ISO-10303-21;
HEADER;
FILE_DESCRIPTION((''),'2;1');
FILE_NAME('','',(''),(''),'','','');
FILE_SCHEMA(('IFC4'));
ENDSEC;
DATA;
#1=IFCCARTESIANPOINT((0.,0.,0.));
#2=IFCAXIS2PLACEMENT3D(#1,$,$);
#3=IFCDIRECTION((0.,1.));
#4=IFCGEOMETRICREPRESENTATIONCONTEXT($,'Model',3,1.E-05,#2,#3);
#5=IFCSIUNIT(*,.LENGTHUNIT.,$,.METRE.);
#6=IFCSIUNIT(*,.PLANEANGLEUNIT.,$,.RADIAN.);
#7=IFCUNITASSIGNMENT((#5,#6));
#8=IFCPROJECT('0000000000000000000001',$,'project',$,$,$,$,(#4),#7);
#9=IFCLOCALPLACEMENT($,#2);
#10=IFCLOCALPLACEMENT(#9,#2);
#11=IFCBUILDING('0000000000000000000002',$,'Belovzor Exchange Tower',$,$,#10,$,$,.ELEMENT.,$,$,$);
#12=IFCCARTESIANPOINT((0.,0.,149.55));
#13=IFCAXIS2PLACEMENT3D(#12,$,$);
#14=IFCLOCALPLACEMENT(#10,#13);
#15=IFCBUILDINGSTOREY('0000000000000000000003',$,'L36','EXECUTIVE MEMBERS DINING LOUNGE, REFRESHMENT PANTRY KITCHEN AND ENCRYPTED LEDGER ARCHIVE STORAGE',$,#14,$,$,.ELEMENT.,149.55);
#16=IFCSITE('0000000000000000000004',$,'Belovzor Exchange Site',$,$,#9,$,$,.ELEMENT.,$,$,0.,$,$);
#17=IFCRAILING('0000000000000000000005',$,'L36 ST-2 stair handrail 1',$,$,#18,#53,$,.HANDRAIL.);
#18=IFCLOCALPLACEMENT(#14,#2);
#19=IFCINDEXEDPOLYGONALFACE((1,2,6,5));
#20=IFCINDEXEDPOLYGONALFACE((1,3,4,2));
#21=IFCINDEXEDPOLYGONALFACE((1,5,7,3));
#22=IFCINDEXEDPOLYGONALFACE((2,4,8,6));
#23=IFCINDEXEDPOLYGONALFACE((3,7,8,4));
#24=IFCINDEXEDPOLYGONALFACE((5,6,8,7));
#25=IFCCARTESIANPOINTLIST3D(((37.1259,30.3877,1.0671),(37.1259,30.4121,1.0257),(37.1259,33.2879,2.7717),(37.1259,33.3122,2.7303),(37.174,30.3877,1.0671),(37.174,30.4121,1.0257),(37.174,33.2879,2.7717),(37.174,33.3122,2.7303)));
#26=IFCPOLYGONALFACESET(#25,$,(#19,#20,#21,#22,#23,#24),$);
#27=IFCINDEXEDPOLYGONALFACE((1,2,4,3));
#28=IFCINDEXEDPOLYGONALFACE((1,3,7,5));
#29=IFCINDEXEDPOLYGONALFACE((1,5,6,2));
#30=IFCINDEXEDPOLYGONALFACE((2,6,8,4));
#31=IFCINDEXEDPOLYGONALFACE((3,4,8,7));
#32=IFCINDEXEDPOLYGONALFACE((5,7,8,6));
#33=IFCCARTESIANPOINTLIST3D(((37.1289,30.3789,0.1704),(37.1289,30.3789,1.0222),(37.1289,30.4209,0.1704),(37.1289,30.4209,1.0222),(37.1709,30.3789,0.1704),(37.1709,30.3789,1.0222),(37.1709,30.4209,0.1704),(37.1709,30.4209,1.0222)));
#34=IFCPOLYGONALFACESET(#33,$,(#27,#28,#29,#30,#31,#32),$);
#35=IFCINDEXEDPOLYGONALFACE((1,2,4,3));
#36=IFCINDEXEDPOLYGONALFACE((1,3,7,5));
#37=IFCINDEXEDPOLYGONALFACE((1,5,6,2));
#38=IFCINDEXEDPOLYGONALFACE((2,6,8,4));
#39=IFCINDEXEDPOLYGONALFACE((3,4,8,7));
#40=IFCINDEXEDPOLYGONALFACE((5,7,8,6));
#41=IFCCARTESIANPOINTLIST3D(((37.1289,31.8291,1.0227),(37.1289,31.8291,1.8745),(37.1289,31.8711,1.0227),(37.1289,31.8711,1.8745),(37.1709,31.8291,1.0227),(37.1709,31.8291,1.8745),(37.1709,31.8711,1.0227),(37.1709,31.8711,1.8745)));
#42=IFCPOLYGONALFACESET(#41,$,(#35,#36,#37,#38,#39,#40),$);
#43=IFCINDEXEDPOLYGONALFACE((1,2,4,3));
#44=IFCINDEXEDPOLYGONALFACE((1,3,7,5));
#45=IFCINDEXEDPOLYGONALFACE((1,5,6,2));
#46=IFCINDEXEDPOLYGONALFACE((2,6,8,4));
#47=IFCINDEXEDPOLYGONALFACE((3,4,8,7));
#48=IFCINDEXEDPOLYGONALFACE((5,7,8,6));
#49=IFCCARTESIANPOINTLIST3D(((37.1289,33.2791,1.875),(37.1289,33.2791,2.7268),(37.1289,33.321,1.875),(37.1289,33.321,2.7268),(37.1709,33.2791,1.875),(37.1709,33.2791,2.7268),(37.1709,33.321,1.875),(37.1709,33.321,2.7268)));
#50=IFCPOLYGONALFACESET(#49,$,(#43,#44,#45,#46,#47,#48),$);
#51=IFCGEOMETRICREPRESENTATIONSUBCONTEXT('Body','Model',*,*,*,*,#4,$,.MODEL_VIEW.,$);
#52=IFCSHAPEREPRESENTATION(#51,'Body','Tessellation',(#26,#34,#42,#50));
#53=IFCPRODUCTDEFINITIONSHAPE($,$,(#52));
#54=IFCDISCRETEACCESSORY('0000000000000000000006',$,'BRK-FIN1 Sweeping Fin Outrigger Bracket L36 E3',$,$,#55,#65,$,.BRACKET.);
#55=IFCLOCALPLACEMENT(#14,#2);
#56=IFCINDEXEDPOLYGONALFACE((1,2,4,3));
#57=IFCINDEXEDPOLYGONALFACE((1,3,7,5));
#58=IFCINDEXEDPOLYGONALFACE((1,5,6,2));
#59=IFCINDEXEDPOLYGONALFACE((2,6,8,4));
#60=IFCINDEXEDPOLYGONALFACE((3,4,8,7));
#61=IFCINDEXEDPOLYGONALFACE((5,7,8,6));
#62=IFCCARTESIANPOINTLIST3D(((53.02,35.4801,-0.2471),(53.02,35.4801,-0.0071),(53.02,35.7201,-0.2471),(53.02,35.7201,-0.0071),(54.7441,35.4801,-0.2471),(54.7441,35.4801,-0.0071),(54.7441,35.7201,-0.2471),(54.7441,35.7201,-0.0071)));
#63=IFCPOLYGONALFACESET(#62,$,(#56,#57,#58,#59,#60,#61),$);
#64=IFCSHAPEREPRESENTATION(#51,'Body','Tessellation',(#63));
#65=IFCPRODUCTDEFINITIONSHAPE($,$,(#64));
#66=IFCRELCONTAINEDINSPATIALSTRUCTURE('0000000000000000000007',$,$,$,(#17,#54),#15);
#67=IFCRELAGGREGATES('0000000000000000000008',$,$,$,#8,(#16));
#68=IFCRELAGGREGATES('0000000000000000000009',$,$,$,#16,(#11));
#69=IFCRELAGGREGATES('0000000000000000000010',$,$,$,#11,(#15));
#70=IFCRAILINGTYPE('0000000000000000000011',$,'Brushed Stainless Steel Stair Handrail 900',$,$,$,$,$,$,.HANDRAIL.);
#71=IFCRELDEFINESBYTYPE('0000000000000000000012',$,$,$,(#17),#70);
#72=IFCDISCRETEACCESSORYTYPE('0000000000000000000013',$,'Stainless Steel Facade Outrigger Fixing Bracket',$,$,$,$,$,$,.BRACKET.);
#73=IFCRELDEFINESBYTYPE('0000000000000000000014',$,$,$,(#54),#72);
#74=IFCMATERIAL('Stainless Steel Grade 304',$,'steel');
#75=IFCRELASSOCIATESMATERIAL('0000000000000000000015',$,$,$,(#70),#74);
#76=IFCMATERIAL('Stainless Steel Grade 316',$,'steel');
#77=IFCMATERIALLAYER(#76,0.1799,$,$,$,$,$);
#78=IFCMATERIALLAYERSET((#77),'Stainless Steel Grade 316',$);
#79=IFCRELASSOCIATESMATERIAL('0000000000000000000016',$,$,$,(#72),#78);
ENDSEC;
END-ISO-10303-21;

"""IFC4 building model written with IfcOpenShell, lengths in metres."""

from ifc_helpers import new_model, si_unit, direction, frame, origin, origin_2d, place, context, subcontext, project, spatial, rectangle, extrude, material, layer, layer_set, type_object, element, save


model = new_model("IFC4")

# Units and contexts
model_context = context("Model", 3, precision=1e-05, world=origin(), true_north=direction((0.0, 1.0)))
body_context = subcontext(model_context, "Body", "Model", "MODEL_VIEW")
ifc_project = project(units=[si_unit("LENGTHUNIT", "METRE"), si_unit("PLANEANGLEUNIT", "RADIAN")], contexts=[model_context])

# Site, building, storey
site_placement = place(None, origin())
site = spatial("IfcSite", under=ifc_project, at=site_placement, Name="Belovzor Exchange Site", CompositionType="ELEMENT", RefElevation=0.0)
building_placement = place(site_placement, origin())
building = spatial("IfcBuilding", under=site, at=building_placement, Name="Belovzor Exchange Tower", CompositionType="ELEMENT")
storey_placement = place(building_placement, frame((0.0, 0.0, 149.55)))
storey = spatial("IfcBuildingStorey", under=building, at=storey_placement, Name="L36", Description="EXECUTIVE MEMBERS DINING LOUNGE, REFRESHMENT PANTRY KITCHEN AND ENCRYPTED LEDGER ARCHIVE STORAGE", CompositionType="ELEMENT", Elevation=149.55)

# Railing
ifc_material_1 = material(Name="Stainless Steel Grade 304", Category="steel")
railing_type = type_object("IfcRailingType", Name="Brushed Stainless Steel Stair Handrail 900", PredefinedType="HANDRAIL", material=ifc_material_1)
railing_placement = place(storey_placement, frame((37.1499, 30.3999, 0.1704)))
element("IfcRailing", 1, at=railing_placement, inside=storey, type_object=railing_type, Name="L36 ST-2 stair handrail 1", PredefinedType="HANDRAIL", context=body_context, shape_type="SweptSolid", body=[
    extrude(rectangle(XDim=0.0481, YDim=0.0481, at=origin_2d()), frame((0.0, 0.0, 0.876), z_axis=(0.0, 0.862113, 0.506716), x_axis=(-1.0, 0.0, 0.0)), (0.0, 0.0, 1.0), 3.364),
    extrude(rectangle(XDim=0.042, YDim=0.042, at=origin_2d()), origin(), (0.0, 0.0, 1.0), 0.8518),
    extrude(rectangle(XDim=0.042, YDim=0.042, at=origin_2d()), frame((0.0, 1.4502, 0.8523)), (0.0, 0.0, 1.0), 0.8518),
    extrude(rectangle(XDim=0.042, YDim=0.042, at=origin_2d()), frame((0.0, 2.9001, 1.7046)), (0.0, 0.0, 1.0), 0.8518),
])

# Discrete accessory
ifc_material_2 = material(Name="Stainless Steel Grade 316", Category="steel")
ifc_layer_1 = layer(ifc_material_2, 0.1799)
ifc_layer_set_1 = layer_set([ifc_layer_1], Name="Stainless Steel Grade 316")
discrete_accessory_type = type_object("IfcDiscreteAccessoryType", Name="Stainless Steel Facade Outrigger Fixing Bracket", PredefinedType="BRACKET", material=ifc_layer_set_1)
discrete_accessory_placement = place(storey_placement, frame((53.8821, 35.6001, -0.2471), z_axis=(0.0, 0.0, 1.0), x_axis=(1.0, 0.0, 0.0)))
element("IfcDiscreteAccessory", 2, at=discrete_accessory_placement, inside=storey, type_object=discrete_accessory_type, Name="BRK-FIN1 Sweeping Fin Outrigger Bracket L36 E3", PredefinedType="BRACKET", context=body_context, shape_type="SweptSolid", body=[
    extrude(rectangle(XDim=1.7241, YDim=0.24, at=origin_2d()), origin(), (0.0, 0.0, 1.0), 0.24),
])

save(model, "model.ifc")
